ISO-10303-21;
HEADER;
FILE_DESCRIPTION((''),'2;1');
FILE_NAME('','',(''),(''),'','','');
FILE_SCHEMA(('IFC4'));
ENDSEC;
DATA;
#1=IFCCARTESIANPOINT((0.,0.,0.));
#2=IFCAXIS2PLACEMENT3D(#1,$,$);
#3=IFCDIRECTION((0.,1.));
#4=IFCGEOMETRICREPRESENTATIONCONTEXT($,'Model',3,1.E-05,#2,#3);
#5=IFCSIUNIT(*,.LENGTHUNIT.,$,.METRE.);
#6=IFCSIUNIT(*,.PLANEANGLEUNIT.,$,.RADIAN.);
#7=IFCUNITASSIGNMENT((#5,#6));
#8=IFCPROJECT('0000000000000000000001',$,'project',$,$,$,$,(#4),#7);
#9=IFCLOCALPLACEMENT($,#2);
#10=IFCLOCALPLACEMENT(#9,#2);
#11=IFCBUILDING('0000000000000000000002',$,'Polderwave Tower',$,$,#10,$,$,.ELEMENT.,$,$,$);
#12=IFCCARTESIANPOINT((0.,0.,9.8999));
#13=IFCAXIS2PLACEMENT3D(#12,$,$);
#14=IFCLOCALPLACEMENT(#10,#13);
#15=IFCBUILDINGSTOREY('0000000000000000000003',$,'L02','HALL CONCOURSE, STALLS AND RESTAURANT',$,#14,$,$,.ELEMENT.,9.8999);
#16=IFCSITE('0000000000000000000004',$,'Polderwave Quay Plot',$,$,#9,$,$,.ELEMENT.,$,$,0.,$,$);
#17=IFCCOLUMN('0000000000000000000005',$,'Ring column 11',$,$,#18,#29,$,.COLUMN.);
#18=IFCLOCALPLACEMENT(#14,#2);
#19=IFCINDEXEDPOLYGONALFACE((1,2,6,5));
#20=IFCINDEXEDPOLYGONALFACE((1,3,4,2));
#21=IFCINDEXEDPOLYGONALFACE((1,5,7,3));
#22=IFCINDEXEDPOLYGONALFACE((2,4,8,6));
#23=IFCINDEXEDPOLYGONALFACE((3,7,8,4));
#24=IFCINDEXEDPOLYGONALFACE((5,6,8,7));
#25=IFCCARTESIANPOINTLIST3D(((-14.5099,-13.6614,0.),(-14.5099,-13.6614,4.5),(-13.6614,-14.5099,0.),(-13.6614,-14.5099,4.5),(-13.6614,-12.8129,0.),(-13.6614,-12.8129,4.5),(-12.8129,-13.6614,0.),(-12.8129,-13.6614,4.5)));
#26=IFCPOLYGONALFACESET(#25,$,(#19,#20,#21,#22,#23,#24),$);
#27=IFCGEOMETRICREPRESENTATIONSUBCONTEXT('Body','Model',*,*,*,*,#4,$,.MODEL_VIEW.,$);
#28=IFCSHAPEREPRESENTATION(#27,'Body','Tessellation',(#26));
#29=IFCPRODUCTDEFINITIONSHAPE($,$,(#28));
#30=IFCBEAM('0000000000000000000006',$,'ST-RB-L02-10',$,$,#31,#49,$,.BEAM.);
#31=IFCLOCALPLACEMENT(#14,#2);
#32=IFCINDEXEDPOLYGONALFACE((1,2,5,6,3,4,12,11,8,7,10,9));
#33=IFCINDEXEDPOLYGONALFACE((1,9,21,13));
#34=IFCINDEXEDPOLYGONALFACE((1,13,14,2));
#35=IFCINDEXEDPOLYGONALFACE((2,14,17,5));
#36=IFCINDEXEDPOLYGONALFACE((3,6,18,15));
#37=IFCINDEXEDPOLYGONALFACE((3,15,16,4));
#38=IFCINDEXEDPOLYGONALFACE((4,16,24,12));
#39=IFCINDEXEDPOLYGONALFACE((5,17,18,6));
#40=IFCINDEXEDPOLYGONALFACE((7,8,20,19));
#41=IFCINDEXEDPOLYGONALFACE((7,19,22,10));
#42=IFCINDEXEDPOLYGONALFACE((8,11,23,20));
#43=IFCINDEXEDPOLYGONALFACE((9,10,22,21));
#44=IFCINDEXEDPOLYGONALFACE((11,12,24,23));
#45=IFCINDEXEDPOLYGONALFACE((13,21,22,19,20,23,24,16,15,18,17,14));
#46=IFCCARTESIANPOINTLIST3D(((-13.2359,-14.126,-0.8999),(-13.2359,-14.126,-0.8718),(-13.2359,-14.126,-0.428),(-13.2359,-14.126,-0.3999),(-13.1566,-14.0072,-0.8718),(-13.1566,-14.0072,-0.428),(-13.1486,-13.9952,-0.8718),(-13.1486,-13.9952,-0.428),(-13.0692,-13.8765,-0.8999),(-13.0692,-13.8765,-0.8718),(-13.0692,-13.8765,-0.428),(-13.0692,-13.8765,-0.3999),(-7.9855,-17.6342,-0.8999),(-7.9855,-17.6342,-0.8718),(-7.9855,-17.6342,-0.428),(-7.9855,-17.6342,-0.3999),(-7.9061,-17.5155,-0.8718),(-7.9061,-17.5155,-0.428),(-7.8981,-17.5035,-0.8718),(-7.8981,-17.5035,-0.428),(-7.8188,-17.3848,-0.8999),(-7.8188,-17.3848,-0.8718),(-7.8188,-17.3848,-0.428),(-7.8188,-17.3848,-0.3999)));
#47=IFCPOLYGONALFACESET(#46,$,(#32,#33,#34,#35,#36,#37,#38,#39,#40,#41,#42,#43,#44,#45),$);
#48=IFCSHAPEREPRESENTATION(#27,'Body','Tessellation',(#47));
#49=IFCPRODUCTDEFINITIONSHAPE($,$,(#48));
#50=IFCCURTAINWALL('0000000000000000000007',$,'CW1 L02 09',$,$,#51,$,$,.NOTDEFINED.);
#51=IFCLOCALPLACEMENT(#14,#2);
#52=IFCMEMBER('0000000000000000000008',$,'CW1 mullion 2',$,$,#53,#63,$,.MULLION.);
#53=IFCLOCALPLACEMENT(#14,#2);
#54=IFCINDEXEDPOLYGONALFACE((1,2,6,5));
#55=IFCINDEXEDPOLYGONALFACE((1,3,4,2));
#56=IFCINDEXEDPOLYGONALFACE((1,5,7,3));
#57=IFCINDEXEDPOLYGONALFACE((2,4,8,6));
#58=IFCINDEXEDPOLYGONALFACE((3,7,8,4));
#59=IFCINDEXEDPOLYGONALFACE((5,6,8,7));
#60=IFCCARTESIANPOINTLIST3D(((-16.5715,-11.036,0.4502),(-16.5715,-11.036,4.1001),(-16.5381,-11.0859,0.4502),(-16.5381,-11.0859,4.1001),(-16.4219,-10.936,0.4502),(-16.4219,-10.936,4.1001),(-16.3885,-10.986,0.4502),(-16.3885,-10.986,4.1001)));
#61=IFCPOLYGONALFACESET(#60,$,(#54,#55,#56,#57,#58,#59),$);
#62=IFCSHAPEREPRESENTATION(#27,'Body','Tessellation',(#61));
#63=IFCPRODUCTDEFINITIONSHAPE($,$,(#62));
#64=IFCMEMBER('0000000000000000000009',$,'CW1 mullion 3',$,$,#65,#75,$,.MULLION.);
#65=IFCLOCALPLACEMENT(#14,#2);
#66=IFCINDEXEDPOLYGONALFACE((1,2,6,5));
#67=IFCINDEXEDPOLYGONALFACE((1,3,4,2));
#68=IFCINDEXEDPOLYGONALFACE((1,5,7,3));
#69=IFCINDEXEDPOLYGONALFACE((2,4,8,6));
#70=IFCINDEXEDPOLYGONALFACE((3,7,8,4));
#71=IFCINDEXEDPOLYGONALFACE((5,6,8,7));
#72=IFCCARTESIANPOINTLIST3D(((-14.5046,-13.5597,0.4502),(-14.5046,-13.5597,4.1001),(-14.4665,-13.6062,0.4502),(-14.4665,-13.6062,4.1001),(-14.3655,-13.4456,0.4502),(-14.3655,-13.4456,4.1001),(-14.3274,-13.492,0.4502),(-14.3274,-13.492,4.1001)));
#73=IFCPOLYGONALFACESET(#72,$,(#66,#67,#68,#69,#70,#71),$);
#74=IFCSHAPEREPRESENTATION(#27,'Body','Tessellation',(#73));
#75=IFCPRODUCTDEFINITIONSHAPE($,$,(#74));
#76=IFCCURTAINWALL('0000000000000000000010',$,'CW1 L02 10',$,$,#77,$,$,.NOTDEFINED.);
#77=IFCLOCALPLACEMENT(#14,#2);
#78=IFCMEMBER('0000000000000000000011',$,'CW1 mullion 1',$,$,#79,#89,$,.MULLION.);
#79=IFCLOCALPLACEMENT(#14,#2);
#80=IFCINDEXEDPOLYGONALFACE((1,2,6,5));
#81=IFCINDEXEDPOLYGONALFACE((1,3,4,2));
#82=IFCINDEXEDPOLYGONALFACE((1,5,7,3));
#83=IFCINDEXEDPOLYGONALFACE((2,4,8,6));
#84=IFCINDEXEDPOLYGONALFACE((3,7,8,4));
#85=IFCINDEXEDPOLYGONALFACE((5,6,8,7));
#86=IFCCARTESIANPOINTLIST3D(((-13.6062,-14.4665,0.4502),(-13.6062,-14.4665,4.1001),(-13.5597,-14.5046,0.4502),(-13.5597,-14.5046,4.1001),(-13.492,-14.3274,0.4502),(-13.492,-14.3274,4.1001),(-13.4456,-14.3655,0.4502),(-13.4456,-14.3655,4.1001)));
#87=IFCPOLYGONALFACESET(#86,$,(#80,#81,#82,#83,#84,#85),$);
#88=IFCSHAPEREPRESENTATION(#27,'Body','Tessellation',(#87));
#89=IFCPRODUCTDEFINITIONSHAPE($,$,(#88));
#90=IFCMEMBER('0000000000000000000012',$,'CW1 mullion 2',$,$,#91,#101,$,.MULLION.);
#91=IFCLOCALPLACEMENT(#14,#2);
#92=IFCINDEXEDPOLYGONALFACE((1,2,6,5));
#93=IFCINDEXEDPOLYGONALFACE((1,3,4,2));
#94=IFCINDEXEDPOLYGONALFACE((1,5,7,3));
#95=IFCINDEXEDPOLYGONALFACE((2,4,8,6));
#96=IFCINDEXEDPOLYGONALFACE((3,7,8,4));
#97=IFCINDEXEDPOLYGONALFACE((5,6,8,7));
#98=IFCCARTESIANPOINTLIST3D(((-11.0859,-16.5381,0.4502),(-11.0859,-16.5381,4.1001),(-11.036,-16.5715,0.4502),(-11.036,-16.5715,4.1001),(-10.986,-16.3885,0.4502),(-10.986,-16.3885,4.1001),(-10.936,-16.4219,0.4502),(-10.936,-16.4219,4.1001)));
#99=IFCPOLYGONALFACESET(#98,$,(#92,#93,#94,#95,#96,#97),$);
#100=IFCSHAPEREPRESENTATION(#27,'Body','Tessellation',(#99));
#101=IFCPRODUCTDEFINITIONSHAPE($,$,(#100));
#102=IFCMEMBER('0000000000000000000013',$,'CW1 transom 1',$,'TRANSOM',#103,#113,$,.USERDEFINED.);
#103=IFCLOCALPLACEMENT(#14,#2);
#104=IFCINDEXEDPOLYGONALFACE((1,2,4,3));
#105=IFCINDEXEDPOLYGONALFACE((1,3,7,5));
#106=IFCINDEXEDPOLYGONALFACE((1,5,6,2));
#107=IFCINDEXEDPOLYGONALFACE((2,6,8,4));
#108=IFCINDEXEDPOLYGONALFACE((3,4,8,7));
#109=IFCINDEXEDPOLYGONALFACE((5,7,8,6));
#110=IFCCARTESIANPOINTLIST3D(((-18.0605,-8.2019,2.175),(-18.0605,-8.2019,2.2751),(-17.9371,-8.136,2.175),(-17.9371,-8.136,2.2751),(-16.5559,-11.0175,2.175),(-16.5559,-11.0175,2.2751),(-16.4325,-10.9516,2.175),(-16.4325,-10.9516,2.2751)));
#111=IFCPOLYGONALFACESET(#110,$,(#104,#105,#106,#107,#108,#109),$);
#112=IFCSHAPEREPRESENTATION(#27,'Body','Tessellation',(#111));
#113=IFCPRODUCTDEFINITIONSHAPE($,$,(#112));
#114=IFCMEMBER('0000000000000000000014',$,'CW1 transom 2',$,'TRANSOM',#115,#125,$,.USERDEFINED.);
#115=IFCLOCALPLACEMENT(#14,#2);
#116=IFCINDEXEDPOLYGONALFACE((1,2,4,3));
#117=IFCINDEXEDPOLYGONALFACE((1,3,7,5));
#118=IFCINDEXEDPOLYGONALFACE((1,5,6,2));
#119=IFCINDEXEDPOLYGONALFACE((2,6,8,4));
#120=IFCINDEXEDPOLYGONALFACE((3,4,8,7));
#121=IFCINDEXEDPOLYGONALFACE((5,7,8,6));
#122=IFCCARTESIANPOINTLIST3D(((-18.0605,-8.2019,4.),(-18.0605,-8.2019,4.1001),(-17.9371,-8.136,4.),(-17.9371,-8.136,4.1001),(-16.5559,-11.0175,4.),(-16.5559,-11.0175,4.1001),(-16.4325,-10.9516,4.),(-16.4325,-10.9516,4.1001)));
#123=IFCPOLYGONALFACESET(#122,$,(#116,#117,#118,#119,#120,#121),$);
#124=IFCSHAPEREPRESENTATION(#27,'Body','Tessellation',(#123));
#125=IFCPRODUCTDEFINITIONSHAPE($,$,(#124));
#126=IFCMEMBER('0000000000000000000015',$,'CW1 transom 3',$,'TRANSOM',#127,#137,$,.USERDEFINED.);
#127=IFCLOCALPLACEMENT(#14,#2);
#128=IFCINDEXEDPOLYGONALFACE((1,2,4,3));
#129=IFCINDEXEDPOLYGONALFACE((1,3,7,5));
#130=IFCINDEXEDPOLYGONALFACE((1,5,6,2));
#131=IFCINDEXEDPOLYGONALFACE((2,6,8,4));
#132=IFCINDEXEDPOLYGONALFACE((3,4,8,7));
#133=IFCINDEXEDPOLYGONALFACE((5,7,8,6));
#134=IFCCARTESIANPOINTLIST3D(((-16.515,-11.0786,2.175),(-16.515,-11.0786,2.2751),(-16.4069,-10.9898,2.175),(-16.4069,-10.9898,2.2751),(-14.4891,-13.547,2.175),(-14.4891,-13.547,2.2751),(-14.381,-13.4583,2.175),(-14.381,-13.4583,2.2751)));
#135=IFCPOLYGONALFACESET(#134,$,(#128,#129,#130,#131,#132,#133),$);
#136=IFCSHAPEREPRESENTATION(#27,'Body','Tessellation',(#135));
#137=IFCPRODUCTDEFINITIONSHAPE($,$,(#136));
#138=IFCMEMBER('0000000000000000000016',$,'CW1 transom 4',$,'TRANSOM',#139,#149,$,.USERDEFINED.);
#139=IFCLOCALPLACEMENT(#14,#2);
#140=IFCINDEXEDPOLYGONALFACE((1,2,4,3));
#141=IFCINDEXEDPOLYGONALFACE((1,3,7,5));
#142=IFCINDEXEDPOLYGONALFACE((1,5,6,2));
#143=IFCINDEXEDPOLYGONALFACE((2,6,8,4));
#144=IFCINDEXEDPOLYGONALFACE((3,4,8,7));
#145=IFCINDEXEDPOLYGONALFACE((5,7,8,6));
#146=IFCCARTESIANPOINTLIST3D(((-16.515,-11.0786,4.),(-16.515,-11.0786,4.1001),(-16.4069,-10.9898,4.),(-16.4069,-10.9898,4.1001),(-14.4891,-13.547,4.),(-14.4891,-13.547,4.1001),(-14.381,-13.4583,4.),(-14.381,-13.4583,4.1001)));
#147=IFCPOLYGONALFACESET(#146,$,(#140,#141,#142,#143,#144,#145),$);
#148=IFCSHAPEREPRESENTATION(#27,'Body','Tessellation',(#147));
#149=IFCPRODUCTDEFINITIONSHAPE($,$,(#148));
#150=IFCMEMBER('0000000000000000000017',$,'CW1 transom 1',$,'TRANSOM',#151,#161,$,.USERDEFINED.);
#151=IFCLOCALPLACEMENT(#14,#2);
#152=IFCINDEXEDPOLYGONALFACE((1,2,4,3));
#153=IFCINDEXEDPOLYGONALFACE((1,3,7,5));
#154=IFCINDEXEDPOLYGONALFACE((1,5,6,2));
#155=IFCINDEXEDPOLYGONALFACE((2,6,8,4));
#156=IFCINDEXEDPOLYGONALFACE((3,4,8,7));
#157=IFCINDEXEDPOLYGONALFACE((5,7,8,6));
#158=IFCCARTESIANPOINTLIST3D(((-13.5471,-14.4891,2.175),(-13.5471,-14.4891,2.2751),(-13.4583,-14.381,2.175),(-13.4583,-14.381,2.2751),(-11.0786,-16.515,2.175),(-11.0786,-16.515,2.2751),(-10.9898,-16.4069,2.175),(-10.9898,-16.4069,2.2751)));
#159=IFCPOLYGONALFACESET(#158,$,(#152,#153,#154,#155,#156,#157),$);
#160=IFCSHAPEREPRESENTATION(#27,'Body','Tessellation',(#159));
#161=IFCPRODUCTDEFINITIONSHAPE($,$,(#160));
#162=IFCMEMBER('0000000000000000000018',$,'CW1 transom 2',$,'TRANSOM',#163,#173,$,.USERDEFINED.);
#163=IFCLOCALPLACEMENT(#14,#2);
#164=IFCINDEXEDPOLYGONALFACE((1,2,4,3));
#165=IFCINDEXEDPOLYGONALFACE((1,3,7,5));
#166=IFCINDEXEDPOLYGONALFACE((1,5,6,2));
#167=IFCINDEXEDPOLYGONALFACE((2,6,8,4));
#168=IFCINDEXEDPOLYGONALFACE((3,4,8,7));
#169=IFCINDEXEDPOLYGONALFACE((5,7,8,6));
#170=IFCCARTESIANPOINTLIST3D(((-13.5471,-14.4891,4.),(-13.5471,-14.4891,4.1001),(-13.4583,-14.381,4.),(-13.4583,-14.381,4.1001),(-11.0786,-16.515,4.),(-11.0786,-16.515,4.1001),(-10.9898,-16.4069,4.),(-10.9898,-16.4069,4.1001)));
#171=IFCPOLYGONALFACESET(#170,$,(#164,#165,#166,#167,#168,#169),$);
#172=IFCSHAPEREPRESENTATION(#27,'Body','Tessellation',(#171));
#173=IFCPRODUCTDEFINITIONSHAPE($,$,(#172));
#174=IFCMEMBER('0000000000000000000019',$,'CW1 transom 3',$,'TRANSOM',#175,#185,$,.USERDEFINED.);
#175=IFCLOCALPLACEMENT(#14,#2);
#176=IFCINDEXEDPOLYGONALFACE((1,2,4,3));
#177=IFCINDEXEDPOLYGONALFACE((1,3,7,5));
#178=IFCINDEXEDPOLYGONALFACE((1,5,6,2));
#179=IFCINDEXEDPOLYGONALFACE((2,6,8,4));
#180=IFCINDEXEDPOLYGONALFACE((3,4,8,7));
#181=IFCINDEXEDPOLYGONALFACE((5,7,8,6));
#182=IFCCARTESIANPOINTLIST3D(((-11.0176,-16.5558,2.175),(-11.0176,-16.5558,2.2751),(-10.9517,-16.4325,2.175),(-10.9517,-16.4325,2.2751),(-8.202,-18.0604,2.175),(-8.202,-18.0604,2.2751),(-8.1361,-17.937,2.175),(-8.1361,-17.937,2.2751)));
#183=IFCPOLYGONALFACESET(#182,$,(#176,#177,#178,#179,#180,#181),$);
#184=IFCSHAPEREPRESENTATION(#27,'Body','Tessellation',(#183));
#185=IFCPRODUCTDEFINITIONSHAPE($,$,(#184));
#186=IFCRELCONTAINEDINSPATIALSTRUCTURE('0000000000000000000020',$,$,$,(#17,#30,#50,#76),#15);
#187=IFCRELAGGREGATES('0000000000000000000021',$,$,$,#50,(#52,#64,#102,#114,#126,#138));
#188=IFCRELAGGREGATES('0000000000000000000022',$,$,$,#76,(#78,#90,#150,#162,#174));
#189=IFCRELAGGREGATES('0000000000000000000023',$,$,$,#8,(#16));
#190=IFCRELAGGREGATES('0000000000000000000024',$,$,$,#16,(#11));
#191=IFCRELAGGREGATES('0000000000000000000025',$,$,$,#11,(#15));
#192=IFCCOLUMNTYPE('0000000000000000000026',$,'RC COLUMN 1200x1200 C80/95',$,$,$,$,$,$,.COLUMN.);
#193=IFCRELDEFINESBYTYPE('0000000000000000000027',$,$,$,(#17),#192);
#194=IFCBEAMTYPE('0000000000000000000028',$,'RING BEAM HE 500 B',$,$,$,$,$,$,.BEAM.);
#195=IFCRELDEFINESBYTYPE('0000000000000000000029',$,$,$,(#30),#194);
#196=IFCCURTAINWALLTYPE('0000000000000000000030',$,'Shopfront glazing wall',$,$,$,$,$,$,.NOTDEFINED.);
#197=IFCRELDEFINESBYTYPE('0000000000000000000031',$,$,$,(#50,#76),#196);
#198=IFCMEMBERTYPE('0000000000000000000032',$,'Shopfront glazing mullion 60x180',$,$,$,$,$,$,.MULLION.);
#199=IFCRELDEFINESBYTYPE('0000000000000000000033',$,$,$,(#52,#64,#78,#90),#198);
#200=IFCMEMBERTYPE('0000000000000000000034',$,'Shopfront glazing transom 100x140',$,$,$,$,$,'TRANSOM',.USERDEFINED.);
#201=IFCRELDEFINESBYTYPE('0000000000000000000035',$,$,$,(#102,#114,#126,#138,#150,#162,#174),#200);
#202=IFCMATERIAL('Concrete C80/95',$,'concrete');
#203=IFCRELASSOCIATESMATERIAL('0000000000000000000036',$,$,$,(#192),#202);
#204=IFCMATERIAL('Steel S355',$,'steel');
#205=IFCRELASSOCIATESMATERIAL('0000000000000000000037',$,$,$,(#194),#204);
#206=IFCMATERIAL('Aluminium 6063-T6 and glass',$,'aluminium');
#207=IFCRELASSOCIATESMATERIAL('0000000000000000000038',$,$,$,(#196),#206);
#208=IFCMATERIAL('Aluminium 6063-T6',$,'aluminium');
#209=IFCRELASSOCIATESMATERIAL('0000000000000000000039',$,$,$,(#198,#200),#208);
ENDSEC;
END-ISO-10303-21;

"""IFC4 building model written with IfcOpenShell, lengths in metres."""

from ifc_helpers import new_model, si_unit, direction, frame, origin, origin_2d, place, context, subcontext, project, spatial, rectangle, i_section, extrude, material, material_profile, profile_set, type_object, element, aggregate, save


model = new_model("IFC4")

# Units and contexts
model_context = context("Model", 3, precision=1e-05, world=origin(), true_north=direction((0.0, 1.0)))
body_context = subcontext(model_context, "Body", "Model", "MODEL_VIEW")
ifc_project = project(units=[si_unit("LENGTHUNIT", "METRE"), si_unit("PLANEANGLEUNIT", "RADIAN")], contexts=[model_context])

# Site, building, storey
site_placement = place(None, origin())
site = spatial("IfcSite", under=ifc_project, at=site_placement, Name="Polderwave Quay Plot", CompositionType="ELEMENT", RefElevation=0.0)
building_placement = place(site_placement, origin())
building = spatial("IfcBuilding", under=site, at=building_placement, Name="Polderwave Tower", CompositionType="ELEMENT")
storey_placement = place(building_placement, frame((0.0, 0.0, 9.8999)))
storey = spatial("IfcBuildingStorey", under=building, at=storey_placement, Name="L02", Description="HALL CONCOURSE, STALLS AND RESTAURANT", CompositionType="ELEMENT", Elevation=9.8999)

# Column
ifc_material_1 = material(Name="Concrete C80/95", Category="concrete")
ifc_material_profile_1 = material_profile(ifc_material_1, rectangle(XDim=1.2, YDim=1.2, at=origin_2d()), Name="RC 1200x1200")
ifc_profile_set_1 = profile_set([ifc_material_profile_1], Name="Concrete C80/95")
column_type = type_object("IfcColumnType", Name="RC COLUMN 1200x1200 C80/95", PredefinedType="COLUMN", material=ifc_profile_set_1)
column_placement = place(storey_placement, frame((-13.6614, -13.6614, 0.0), z_axis=(0.0, 0.0, 1.0), x_axis=(-0.707107, -0.707107, 0.0)))
element("IfcColumn", 1, at=column_placement, inside=storey, type_object=column_type, Name="Ring column 11", PredefinedType="COLUMN", context=body_context, shape_type="SweptSolid", body=[
    extrude(rectangle(XDim=1.2, YDim=1.2, at=origin_2d()), origin(), (0.0, 0.0, 1.0), 4.5),
])

# Beam
ifc_material_2 = material(Name="Steel S355", Category="steel")
ifc_material_profile_2 = material_profile(ifc_material_2, i_section(OverallWidth=0.3, OverallDepth=0.5, WebThickness=0.0144, FlangeThickness=0.0281, at=origin_2d()), Name="HE 500 B")
ifc_profile_set_2 = profile_set([ifc_material_profile_2], Name="Steel S355")
beam_type = type_object("IfcBeamType", Name="RING BEAM HE 500 B", PredefinedType="BEAM", material=ifc_profile_set_2)
beam_placement = place(storey_placement, frame((-13.1526, -14.0012, -0.6499), z_axis=(0.831467, -0.555574, 0.0), x_axis=(0.555574, 0.831467, 0.0)))
element("IfcBeam", 2, at=beam_placement, inside=storey, type_object=beam_type, Name="ST-RB-L02-10", PredefinedType="BEAM", context=body_context, shape_type="SweptSolid", body=[
    extrude(i_section(OverallWidth=0.3, OverallDepth=0.5, WebThickness=0.0144, FlangeThickness=0.0281, at=origin_2d()), origin(), (0.0, 0.0, 1.0), 6.3147),
])

# Curtain walls, members
ifc_material_3 = material(Name="Aluminium 6063-T6 and glass", Category="aluminium")
curtain_wall_type = type_object("IfcCurtainWallType", Name="Shopfront glazing wall", PredefinedType="NOTDEFINED", material=ifc_material_3)
curtain_wall_1_placement = place(storey_placement, origin())
curtain_wall_1 = element("IfcCurtainWall", 3, at=curtain_wall_1_placement, inside=storey, type_object=curtain_wall_type, Name="CW1 L02 09", PredefinedType="NOTDEFINED")
ifc_material_4 = material(Name="Aluminium 6063-T6", Category="aluminium")
ifc_material_profile_3 = material_profile(ifc_material_4, rectangle(XDim=0.1799, YDim=0.0601, at=origin_2d()), Name="AL 60x180")
ifc_profile_set_3 = profile_set([ifc_material_profile_3], Name="Aluminium 6063-T6")
member_type_1 = type_object("IfcMemberType", Name="Shopfront glazing mullion 60x180", PredefinedType="MULLION", material=ifc_profile_set_3)
member_1_placement = place(storey_placement, frame((-16.48, -11.011, 0.4502), z_axis=(0.0, 0.0, 1.0), x_axis=(0.831493, 0.555535, 0.0)))
member_1 = element("IfcMember", 4, at=member_1_placement, type_object=member_type_1, Name="CW1 mullion 2", PredefinedType="MULLION", context=body_context, shape_type="SweptSolid", body=[
    extrude(rectangle(XDim=0.1799, YDim=0.0601, at=origin_2d()), origin(), (0.0, 0.0, 1.0), 3.6499),
])
member_2_placement = place(storey_placement, frame((-14.416, -13.5259, 0.4502), z_axis=(0.0, 0.0, 1.0), x_axis=(0.772993, 0.634415, 0.0)))
member_2 = element("IfcMember", 5, at=member_2_placement, type_object=member_type_1, Name="CW1 mullion 3", PredefinedType="MULLION", context=body_context, shape_type="SweptSolid", body=[
    extrude(rectangle(XDim=0.1799, YDim=0.0601, at=origin_2d()), origin(), (0.0, 0.0, 1.0), 3.6499),
])
curtain_wall_2_placement = place(storey_placement, origin())
curtain_wall_2 = element("IfcCurtainWall", 6, at=curtain_wall_2_placement, inside=storey, type_object=curtain_wall_type, Name="CW1 L02 10", PredefinedType="NOTDEFINED")
member_3_placement = place(storey_placement, frame((-13.5259, -14.416, 0.4502), z_axis=(0.0, 0.0, 1.0), x_axis=(0.634415, 0.772993, 0.0)))
member_3 = element("IfcMember", 7, at=member_3_placement, type_object=member_type_1, Name="CW1 mullion 1", PredefinedType="MULLION", context=body_context, shape_type="SweptSolid", body=[
    extrude(rectangle(XDim=0.1799, YDim=0.0601, at=origin_2d()), origin(), (0.0, 0.0, 1.0), 3.6499),
])
member_4_placement = place(storey_placement, frame((-11.011, -16.48, 0.4502), z_axis=(0.0, 0.0, 1.0), x_axis=(0.555535, 0.831493, 0.0)))
member_4 = element("IfcMember", 8, at=member_4_placement, type_object=member_type_1, Name="CW1 mullion 2", PredefinedType="MULLION", context=body_context, shape_type="SweptSolid", body=[
    extrude(rectangle(XDim=0.1799, YDim=0.0601, at=origin_2d()), origin(), (0.0, 0.0, 1.0), 3.6499),
])

# Members
ifc_material_profile_4 = material_profile(ifc_material_4, rectangle(XDim=0.1399, YDim=0.1001, at=origin_2d()), Name="AL 100x140")
ifc_profile_set_4 = profile_set([ifc_material_profile_4], Name="Aluminium 6063-T6")
member_type_2 = type_object("IfcMemberType", Name="Shopfront glazing transom 100x140", ElementType="TRANSOM", PredefinedType="USERDEFINED", material=ifc_profile_set_4)
member_5_placement = place(storey_placement, frame((-17.9988, -8.1689, 2.2251), z_axis=(0.471307, -0.881969, 0.0), x_axis=(0.881969, 0.471307, 0.0)))
member_5 = element("IfcMember", 9, at=member_5_placement, type_object=member_type_2, Name="CW1 transom 1", ObjectType="TRANSOM", PredefinedType="USERDEFINED", context=body_context, shape_type="SweptSolid", body=[
    extrude(rectangle(XDim=0.1399, YDim=0.1001, at=origin_2d()), origin(), (0.0, 0.0, 1.0), 3.1924),
])
member_6_placement = place(storey_placement, frame((-17.9988, -8.1689, 4.05), z_axis=(0.471307, -0.881969, 0.0), x_axis=(0.881969, 0.471307, 0.0)))
member_6 = element("IfcMember", 10, at=member_6_placement, type_object=member_type_2, Name="CW1 transom 2", ObjectType="TRANSOM", PredefinedType="USERDEFINED", context=body_context, shape_type="SweptSolid", body=[
    extrude(rectangle(XDim=0.1399, YDim=0.1001, at=origin_2d()), origin(), (0.0, 0.0, 1.0), 3.1924),
])
member_7_placement = place(storey_placement, frame((-16.4609, -11.0342, 2.2251), z_axis=(0.634399, -0.773006, 0.0), x_axis=(0.773006, 0.634399, 0.0)))
member_7 = element("IfcMember", 11, at=member_7_placement, type_object=member_type_2, Name="CW1 transom 3", ObjectType="TRANSOM", PredefinedType="USERDEFINED", context=body_context, shape_type="SweptSolid", body=[
    extrude(rectangle(XDim=0.1399, YDim=0.1001, at=origin_2d()), origin(), (0.0, 0.0, 1.0), 3.1934),
])
member_8_placement = place(storey_placement, frame((-16.4609, -11.0342, 4.05), z_axis=(0.634399, -0.773006, 0.0), x_axis=(0.773006, 0.634399, 0.0)))
member_8 = element("IfcMember", 12, at=member_8_placement, type_object=member_type_2, Name="CW1 transom 4", ObjectType="TRANSOM", PredefinedType="USERDEFINED", context=body_context, shape_type="SweptSolid", body=[
    extrude(rectangle(XDim=0.1399, YDim=0.1001, at=origin_2d()), origin(), (0.0, 0.0, 1.0), 3.1934),
])
member_9_placement = place(storey_placement, frame((-13.5027, -14.4351, 2.2251), z_axis=(0.773006, -0.634399, 0.0), x_axis=(0.634399, 0.773006, 0.0)))
member_9 = element("IfcMember", 13, at=member_9_placement, type_object=member_type_2, Name="CW1 transom 1", ObjectType="TRANSOM", PredefinedType="USERDEFINED", context=body_context, shape_type="SweptSolid", body=[
    extrude(rectangle(XDim=0.1399, YDim=0.1001, at=origin_2d()), origin(), (0.0, 0.0, 1.0), 3.1934),
])
member_10_placement = place(storey_placement, frame((-13.5027, -14.4351, 4.05), z_axis=(0.773006, -0.634399, 0.0), x_axis=(0.634399, 0.773006, 0.0)))
member_10 = element("IfcMember", 14, at=member_10_placement, type_object=member_type_2, Name="CW1 transom 2", ObjectType="TRANSOM", PredefinedType="USERDEFINED", context=body_context, shape_type="SweptSolid", body=[
    extrude(rectangle(XDim=0.1399, YDim=0.1001, at=origin_2d()), origin(), (0.0, 0.0, 1.0), 3.1934),
])
member_11_placement = place(storey_placement, frame((-10.9846, -16.4941, 2.2251), z_axis=(0.881969, -0.471307, 0.0), x_axis=(0.471307, 0.881969, 0.0)))
member_11 = element("IfcMember", 15, at=member_11_placement, type_object=member_type_2, Name="CW1 transom 3", ObjectType="TRANSOM", PredefinedType="USERDEFINED", context=body_context, shape_type="SweptSolid", body=[
    extrude(rectangle(XDim=0.1399, YDim=0.1001, at=origin_2d()), origin(), (0.0, 0.0, 1.0), 3.1924),
])

aggregate(curtain_wall_1, [member_1, member_2, member_5, member_6, member_7, member_8])
aggregate(curtain_wall_2, [member_3, member_4, member_9, member_10, member_11])

save(model, "model.ifc")
